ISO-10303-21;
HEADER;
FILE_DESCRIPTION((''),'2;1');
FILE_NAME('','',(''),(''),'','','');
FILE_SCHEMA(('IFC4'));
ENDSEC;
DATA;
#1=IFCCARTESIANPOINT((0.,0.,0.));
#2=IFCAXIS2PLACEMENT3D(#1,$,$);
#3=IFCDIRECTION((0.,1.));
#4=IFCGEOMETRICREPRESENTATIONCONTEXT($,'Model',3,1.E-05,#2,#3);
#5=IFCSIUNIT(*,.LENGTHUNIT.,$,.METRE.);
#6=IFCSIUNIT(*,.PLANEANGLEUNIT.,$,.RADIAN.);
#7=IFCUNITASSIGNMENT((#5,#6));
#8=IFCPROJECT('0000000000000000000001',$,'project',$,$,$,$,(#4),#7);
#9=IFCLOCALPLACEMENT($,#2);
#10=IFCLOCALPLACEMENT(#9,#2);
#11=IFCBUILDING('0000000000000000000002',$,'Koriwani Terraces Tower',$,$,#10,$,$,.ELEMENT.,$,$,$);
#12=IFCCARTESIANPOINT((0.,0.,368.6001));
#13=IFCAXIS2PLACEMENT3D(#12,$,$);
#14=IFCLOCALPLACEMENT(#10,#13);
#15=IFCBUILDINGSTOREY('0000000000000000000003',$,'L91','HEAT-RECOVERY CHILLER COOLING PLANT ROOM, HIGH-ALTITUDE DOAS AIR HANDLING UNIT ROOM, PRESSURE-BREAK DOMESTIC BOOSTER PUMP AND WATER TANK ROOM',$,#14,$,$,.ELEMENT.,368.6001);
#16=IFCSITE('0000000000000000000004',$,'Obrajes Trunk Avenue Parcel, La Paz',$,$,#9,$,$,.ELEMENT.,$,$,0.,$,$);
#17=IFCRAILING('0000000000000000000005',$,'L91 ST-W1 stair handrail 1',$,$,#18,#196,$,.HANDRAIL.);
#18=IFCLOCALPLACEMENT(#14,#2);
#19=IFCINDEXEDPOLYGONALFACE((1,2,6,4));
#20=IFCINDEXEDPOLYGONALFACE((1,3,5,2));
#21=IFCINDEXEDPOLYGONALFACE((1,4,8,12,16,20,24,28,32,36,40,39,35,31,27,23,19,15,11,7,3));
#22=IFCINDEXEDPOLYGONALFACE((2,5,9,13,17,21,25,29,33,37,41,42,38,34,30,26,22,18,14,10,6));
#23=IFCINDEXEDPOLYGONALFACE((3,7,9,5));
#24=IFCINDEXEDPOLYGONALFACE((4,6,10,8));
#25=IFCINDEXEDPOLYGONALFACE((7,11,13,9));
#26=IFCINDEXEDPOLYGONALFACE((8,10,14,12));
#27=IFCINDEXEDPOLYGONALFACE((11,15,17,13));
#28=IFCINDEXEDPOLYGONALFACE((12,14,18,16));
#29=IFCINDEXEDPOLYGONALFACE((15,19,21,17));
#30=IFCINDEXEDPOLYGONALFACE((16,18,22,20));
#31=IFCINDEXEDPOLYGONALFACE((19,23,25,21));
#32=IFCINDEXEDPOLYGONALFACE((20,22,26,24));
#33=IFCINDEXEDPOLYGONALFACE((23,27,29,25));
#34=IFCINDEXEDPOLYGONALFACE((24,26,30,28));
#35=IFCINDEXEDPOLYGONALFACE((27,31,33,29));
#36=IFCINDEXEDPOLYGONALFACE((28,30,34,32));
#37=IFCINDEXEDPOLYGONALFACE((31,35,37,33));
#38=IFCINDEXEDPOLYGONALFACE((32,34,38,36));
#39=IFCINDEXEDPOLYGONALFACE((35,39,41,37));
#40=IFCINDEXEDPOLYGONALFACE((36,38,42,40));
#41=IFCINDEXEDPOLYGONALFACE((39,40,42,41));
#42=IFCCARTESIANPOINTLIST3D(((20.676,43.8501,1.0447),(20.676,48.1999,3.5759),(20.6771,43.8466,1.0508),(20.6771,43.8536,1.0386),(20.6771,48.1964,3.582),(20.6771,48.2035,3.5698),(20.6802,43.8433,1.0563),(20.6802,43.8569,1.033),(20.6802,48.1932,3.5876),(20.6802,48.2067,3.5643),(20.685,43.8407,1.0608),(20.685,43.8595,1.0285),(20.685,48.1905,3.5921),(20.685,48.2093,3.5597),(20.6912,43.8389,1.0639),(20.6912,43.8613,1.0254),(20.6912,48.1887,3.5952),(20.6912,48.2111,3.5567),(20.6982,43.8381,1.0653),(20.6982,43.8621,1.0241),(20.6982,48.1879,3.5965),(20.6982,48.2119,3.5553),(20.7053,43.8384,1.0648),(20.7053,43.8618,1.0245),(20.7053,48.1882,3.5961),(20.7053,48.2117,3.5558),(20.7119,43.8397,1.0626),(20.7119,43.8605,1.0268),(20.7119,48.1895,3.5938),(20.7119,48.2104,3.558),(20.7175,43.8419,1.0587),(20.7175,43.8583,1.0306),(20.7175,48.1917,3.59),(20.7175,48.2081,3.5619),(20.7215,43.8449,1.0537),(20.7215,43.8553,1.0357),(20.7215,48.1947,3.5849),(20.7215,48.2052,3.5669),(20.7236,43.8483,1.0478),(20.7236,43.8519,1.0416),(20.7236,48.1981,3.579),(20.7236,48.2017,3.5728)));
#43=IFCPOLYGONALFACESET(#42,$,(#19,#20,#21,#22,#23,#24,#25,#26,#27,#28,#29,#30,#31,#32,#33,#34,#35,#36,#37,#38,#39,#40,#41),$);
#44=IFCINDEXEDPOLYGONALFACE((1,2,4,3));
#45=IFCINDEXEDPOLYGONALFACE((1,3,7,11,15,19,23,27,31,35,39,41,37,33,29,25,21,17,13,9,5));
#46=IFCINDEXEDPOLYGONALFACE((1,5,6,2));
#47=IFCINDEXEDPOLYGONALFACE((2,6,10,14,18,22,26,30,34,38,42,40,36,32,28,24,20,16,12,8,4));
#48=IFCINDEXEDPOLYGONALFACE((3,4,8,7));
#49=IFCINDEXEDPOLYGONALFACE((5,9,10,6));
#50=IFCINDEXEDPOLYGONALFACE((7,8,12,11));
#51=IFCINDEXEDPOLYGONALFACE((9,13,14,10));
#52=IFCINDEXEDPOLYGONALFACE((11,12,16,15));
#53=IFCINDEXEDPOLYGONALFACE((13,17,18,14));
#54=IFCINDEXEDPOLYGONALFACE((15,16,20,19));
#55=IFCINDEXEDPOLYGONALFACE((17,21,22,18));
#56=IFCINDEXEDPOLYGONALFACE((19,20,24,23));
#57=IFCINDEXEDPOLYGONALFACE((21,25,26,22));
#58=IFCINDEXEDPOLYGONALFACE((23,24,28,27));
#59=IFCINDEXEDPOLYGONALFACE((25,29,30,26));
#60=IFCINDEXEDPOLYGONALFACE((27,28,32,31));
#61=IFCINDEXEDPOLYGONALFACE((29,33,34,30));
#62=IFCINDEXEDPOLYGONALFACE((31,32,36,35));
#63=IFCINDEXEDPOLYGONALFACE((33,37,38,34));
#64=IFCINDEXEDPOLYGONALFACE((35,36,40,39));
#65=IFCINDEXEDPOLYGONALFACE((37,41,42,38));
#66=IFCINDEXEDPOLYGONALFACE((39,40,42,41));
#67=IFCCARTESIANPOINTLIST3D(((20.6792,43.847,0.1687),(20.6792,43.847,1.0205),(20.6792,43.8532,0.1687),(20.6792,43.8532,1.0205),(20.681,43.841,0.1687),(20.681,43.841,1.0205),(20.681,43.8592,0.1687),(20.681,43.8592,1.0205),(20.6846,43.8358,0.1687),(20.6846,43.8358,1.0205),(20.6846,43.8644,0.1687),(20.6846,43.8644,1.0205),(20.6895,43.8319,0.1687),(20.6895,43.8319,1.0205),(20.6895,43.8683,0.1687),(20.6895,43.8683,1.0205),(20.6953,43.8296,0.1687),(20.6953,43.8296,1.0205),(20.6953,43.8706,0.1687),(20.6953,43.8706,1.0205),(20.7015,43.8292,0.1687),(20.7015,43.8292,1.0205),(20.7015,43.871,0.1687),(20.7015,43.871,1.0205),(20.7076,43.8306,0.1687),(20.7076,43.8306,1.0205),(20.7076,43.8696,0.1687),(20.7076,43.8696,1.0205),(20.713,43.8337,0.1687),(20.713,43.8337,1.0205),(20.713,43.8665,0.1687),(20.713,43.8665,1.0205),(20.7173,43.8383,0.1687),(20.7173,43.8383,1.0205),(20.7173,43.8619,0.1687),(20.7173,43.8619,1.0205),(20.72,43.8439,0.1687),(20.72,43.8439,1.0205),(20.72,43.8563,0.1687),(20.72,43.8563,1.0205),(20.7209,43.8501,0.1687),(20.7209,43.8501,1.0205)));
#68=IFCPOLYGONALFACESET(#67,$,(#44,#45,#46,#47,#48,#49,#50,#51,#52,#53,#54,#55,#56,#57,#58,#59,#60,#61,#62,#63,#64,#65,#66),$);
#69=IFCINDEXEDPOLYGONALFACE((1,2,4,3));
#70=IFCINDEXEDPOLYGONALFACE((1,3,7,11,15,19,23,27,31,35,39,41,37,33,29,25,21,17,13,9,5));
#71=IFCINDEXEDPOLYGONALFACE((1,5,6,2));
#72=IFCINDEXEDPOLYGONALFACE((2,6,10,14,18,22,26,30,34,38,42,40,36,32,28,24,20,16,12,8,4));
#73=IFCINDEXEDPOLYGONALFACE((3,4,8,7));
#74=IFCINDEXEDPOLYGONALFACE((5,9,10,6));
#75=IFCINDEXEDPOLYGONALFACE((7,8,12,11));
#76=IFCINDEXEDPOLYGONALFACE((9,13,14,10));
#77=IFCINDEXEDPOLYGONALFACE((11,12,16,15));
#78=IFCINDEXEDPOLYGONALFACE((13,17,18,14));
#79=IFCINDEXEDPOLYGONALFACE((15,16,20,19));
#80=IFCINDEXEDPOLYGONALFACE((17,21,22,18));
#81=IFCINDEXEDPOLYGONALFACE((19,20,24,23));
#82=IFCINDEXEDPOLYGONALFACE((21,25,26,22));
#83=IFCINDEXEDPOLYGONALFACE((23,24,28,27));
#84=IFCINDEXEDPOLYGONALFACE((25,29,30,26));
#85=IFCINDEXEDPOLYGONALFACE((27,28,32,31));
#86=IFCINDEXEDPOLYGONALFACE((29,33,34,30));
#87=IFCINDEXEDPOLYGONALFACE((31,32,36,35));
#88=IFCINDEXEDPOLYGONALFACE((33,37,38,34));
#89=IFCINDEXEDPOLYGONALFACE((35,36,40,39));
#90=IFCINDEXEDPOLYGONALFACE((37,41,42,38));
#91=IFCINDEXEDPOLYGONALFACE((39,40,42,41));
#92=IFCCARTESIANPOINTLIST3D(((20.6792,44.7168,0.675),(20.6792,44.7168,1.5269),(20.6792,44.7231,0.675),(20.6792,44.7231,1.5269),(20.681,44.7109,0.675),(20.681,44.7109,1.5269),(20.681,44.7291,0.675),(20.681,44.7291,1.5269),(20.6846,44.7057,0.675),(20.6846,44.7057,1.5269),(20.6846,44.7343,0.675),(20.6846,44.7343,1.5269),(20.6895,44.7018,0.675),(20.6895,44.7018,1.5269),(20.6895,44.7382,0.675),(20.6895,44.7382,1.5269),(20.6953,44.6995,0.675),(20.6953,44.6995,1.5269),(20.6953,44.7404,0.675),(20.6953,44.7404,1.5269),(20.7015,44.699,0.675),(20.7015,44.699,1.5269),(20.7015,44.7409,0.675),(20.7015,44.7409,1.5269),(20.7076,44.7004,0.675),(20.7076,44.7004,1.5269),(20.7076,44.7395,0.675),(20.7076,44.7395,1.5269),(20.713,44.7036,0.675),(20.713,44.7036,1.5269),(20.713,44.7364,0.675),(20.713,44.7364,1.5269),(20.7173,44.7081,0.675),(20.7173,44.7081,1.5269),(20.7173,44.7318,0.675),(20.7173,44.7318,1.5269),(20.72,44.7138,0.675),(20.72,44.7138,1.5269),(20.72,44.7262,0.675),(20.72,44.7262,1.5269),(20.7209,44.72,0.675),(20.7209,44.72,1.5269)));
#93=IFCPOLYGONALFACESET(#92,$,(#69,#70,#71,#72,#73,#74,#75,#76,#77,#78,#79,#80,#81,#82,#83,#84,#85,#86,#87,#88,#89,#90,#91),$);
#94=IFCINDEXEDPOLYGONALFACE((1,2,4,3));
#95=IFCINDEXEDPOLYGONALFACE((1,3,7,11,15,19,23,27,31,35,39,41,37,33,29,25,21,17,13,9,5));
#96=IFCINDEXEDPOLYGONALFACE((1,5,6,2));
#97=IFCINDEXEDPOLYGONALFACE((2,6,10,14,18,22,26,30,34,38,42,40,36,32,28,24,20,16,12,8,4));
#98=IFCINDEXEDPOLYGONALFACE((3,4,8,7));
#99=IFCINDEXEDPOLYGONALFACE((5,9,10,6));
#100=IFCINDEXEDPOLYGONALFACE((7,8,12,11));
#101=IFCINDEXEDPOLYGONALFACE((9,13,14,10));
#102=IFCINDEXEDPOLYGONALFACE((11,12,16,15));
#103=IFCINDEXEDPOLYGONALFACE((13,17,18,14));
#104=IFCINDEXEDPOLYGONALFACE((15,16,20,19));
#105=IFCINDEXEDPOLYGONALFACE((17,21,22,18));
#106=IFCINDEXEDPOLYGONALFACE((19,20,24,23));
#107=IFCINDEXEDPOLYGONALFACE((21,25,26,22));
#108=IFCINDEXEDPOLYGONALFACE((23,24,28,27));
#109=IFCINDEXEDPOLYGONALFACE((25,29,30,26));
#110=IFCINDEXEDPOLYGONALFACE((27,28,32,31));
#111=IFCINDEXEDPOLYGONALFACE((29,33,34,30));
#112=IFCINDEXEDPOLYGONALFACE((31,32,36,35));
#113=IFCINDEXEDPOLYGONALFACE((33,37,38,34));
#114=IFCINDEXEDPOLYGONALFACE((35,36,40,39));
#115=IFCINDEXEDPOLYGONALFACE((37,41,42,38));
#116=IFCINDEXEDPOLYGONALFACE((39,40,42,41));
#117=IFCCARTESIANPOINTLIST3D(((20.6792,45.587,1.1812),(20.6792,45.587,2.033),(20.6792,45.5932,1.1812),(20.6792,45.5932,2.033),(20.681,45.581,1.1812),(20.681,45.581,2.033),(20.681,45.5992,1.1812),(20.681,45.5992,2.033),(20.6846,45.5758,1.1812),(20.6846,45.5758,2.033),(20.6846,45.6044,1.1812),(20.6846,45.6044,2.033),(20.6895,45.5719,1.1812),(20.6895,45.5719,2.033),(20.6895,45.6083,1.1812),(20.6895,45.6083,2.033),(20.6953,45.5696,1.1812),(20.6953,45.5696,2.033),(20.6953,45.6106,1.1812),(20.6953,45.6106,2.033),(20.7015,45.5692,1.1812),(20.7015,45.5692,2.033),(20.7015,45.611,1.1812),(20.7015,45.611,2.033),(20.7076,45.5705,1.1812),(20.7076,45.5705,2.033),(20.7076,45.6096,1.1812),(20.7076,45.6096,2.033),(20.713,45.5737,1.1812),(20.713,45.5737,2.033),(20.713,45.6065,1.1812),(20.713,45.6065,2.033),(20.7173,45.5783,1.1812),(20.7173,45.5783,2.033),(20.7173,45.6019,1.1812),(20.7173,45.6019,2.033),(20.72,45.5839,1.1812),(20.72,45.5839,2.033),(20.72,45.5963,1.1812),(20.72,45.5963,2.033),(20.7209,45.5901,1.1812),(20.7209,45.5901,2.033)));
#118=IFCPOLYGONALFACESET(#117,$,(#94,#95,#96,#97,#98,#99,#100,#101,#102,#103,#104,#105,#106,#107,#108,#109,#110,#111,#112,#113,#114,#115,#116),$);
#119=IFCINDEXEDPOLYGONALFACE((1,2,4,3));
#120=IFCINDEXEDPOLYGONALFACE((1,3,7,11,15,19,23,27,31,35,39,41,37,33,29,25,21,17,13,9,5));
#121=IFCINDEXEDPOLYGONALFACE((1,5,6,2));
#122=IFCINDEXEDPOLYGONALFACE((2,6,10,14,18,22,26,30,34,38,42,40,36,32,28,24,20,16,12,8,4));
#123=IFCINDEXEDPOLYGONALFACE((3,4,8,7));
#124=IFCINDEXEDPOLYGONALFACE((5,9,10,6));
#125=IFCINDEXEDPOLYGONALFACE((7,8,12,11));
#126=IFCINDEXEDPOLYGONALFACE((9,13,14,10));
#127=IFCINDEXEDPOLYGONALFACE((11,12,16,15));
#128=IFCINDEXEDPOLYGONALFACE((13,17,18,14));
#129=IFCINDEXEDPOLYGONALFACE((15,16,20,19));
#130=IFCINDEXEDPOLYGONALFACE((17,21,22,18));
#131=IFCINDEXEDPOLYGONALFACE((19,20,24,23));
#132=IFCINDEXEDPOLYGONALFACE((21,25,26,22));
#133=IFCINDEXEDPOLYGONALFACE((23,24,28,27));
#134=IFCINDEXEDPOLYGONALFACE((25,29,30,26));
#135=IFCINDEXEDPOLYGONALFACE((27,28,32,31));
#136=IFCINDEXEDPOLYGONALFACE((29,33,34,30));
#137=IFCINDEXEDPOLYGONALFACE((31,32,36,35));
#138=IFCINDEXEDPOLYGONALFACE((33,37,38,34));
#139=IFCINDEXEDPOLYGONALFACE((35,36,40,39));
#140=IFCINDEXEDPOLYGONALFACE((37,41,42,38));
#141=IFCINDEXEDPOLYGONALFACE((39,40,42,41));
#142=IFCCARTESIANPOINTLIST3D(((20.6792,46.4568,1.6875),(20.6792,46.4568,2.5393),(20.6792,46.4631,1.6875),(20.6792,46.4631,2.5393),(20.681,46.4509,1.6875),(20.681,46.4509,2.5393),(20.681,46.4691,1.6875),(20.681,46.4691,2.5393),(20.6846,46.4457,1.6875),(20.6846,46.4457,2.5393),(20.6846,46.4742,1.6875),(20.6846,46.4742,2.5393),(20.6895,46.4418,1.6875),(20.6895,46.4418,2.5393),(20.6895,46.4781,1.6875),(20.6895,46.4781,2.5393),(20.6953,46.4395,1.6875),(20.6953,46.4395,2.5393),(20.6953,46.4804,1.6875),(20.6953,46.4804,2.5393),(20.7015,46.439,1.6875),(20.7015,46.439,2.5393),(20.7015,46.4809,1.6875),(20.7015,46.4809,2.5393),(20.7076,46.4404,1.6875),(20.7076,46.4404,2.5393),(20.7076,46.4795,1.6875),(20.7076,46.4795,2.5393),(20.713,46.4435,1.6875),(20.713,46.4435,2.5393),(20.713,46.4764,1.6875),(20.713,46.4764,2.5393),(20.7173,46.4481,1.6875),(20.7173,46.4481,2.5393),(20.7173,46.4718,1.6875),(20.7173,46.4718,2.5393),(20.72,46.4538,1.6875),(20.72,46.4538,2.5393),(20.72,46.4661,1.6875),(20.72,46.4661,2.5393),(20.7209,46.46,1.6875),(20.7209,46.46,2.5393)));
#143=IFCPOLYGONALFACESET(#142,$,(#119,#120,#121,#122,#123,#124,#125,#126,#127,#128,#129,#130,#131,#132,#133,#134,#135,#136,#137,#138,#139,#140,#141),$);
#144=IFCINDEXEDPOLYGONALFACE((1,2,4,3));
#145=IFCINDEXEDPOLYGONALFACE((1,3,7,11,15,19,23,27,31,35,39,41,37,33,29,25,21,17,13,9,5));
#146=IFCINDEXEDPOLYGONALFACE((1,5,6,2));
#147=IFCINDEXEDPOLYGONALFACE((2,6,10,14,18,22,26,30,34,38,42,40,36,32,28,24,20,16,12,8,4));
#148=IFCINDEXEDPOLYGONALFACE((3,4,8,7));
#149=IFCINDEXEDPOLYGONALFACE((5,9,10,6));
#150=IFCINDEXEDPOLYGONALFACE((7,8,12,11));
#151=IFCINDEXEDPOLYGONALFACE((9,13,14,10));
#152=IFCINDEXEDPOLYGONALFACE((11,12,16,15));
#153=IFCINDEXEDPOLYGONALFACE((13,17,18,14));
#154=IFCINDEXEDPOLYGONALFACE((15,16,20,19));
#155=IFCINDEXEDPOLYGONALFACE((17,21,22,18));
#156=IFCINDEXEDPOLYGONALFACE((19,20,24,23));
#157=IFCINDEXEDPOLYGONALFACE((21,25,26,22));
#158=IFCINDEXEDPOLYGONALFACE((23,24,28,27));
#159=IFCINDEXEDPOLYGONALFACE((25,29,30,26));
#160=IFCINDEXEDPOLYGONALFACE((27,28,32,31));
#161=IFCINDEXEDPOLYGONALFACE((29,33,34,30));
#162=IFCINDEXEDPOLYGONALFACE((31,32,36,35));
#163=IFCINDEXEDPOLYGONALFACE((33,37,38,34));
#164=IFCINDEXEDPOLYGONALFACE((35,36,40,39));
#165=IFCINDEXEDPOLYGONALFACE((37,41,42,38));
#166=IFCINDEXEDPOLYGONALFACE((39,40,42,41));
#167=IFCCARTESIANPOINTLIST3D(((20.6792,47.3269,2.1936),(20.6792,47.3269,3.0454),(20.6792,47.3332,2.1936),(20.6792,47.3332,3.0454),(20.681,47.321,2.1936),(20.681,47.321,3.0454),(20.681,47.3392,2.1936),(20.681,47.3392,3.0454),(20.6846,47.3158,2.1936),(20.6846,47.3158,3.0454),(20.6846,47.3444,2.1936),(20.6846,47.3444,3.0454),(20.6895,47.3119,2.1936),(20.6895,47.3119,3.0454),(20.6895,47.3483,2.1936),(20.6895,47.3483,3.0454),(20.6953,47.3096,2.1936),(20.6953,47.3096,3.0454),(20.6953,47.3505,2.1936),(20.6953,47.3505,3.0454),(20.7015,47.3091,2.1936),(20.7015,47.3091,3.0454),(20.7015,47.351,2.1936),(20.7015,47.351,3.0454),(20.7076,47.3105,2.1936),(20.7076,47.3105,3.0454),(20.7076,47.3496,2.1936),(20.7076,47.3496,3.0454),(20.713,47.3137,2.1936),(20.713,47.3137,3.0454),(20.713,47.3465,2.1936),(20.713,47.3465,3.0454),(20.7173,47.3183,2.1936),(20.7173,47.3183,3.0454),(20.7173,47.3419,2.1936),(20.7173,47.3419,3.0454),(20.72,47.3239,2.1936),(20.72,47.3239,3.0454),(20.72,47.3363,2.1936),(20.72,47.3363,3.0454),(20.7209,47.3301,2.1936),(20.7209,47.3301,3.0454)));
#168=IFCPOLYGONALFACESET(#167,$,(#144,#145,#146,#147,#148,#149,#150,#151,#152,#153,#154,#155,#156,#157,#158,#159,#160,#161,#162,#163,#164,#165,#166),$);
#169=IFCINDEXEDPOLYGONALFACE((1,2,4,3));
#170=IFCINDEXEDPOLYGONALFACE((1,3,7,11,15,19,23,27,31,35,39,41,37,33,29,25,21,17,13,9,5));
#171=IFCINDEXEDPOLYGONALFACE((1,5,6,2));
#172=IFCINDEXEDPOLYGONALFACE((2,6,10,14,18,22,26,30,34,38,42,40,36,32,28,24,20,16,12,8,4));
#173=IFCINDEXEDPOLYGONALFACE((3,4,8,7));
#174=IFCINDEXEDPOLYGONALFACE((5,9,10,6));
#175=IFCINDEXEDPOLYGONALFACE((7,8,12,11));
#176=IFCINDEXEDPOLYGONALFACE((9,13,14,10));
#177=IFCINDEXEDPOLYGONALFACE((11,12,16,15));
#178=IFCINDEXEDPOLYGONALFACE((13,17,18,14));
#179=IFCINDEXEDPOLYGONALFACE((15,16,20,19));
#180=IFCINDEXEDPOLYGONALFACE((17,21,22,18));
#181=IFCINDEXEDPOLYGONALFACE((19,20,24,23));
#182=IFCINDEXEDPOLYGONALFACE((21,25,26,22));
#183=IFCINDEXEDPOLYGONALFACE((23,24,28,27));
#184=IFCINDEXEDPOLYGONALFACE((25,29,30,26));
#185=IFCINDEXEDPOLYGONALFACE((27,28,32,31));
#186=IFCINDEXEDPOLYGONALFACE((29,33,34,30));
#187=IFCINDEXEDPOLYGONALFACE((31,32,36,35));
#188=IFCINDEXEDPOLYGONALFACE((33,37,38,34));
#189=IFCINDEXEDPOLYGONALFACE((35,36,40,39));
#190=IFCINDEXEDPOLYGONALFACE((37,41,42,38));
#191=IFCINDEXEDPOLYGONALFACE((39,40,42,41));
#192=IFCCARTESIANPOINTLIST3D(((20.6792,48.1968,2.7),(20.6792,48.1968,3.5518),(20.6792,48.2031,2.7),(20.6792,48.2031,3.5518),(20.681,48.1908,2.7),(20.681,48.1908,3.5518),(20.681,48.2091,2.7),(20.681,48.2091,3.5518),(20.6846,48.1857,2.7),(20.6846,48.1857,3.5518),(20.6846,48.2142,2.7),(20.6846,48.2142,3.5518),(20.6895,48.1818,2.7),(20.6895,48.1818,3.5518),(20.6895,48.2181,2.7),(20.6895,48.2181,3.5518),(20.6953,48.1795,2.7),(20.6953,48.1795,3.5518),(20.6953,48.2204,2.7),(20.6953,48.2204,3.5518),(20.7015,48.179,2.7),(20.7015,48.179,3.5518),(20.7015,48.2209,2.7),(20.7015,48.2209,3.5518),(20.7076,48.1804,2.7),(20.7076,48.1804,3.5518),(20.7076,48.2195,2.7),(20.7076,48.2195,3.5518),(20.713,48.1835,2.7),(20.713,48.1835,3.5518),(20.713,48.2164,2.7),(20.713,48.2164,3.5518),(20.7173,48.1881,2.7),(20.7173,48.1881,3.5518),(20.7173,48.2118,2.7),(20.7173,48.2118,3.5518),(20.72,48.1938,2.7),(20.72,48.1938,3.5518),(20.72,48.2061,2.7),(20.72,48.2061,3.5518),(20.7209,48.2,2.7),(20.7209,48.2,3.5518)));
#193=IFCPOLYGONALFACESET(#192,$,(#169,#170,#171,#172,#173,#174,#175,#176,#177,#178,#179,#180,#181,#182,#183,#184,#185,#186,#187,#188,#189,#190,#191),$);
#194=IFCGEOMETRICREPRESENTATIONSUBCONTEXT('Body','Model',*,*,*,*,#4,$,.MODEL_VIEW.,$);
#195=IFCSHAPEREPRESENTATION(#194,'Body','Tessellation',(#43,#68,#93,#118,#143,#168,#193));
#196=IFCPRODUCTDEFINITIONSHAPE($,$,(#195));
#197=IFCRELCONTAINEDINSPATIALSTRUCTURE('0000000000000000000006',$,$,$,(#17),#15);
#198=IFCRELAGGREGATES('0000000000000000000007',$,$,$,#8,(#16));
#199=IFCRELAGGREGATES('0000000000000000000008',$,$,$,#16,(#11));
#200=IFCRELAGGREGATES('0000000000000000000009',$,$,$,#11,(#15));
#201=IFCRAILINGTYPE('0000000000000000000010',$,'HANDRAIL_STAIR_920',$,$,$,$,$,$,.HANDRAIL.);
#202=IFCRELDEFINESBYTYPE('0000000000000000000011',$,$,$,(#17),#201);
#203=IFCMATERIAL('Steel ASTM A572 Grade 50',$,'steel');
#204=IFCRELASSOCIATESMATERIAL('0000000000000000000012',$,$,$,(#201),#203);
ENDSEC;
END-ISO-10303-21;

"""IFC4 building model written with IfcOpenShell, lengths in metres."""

from ifc_helpers import new_model, si_unit, direction, frame, origin, origin_2d, place, context, subcontext, project, spatial, circle, extrude, material, type_object, element, save


model = new_model("IFC4")

# Units and contexts
model_context = context("Model", 3, precision=1e-05, world=origin(), true_north=direction((0.0, 1.0)))
body_context = subcontext(model_context, "Body", "Model", "MODEL_VIEW")
ifc_project = project(units=[si_unit("LENGTHUNIT", "METRE"), si_unit("PLANEANGLEUNIT", "RADIAN")], contexts=[model_context])

# Site, building, storey
site_placement = place(None, origin())
site = spatial("IfcSite", under=ifc_project, at=site_placement, Name="Obrajes Trunk Avenue Parcel, La Paz", CompositionType="ELEMENT", RefElevation=0.0)
building_placement = place(site_placement, origin())
building = spatial("IfcBuilding", under=site, at=building_placement, Name="Koriwani Terraces Tower", CompositionType="ELEMENT")
storey_placement = place(building_placement, frame((0.0, 0.0, 368.6001)))
storey = spatial("IfcBuildingStorey", under=building, at=storey_placement, Name="L91", Description="HEAT-RECOVERY CHILLER COOLING PLANT ROOM, HIGH-ALTITUDE DOAS AIR HANDLING UNIT ROOM, PRESSURE-BREAK DOMESTIC BOOSTER PUMP AND WATER TANK ROOM", CompositionType="ELEMENT", Elevation=368.6001)

# Shared definitions
ifc_material_1 = material(Name="Steel ASTM A572 Grade 50", Category="steel")

# Railing
railing_type_1 = type_object("IfcRailingType", Name="HANDRAIL_STAIR_920", PredefinedType="HANDRAIL", material=ifc_material_1)
railing_1_placement = place(storey_placement, frame((20.7, 43.8501, 0.1687)))
element("IfcRailing", 1, at=railing_1_placement, inside=storey, type_object=railing_type_1, Name="L91 ST-W1 stair handrail 1", PredefinedType="HANDRAIL", context=body_context, shape_type="SweptSolid", body=[
    extrude(circle(Radius=0.0239, at=origin_2d()), frame((0.0, 0.0, 0.876), z_axis=(0.0, 0.864312, 0.502957), x_axis=(-1.0, 0.0, 0.0)), (0.0, 0.0, 1.0), 5.0327),
    extrude(circle(Radius=0.021, at=origin_2d()), origin(), (0.0, 0.0, 1.0), 0.8518),
    extrude(circle(Radius=0.021, at=origin_2d()), frame((0.0, 0.8699, 0.5063)), (0.0, 0.0, 1.0), 0.8518),
    extrude(circle(Radius=0.021, at=origin_2d()), frame((0.0, 1.74, 1.0125)), (0.0, 0.0, 1.0), 0.8518),
    extrude(circle(Radius=0.021, at=origin_2d()), frame((0.0, 2.6099, 1.5188)), (0.0, 0.0, 1.0), 0.8518),
    extrude(circle(Radius=0.021, at=origin_2d()), frame((0.0, 3.48, 2.0249)), (0.0, 0.0, 1.0), 0.8518),
    extrude(circle(Radius=0.021, at=origin_2d()), frame((0.0, 4.3499, 2.5312)), (0.0, 0.0, 1.0), 0.8518),
])

save(model, "model.ifc")
